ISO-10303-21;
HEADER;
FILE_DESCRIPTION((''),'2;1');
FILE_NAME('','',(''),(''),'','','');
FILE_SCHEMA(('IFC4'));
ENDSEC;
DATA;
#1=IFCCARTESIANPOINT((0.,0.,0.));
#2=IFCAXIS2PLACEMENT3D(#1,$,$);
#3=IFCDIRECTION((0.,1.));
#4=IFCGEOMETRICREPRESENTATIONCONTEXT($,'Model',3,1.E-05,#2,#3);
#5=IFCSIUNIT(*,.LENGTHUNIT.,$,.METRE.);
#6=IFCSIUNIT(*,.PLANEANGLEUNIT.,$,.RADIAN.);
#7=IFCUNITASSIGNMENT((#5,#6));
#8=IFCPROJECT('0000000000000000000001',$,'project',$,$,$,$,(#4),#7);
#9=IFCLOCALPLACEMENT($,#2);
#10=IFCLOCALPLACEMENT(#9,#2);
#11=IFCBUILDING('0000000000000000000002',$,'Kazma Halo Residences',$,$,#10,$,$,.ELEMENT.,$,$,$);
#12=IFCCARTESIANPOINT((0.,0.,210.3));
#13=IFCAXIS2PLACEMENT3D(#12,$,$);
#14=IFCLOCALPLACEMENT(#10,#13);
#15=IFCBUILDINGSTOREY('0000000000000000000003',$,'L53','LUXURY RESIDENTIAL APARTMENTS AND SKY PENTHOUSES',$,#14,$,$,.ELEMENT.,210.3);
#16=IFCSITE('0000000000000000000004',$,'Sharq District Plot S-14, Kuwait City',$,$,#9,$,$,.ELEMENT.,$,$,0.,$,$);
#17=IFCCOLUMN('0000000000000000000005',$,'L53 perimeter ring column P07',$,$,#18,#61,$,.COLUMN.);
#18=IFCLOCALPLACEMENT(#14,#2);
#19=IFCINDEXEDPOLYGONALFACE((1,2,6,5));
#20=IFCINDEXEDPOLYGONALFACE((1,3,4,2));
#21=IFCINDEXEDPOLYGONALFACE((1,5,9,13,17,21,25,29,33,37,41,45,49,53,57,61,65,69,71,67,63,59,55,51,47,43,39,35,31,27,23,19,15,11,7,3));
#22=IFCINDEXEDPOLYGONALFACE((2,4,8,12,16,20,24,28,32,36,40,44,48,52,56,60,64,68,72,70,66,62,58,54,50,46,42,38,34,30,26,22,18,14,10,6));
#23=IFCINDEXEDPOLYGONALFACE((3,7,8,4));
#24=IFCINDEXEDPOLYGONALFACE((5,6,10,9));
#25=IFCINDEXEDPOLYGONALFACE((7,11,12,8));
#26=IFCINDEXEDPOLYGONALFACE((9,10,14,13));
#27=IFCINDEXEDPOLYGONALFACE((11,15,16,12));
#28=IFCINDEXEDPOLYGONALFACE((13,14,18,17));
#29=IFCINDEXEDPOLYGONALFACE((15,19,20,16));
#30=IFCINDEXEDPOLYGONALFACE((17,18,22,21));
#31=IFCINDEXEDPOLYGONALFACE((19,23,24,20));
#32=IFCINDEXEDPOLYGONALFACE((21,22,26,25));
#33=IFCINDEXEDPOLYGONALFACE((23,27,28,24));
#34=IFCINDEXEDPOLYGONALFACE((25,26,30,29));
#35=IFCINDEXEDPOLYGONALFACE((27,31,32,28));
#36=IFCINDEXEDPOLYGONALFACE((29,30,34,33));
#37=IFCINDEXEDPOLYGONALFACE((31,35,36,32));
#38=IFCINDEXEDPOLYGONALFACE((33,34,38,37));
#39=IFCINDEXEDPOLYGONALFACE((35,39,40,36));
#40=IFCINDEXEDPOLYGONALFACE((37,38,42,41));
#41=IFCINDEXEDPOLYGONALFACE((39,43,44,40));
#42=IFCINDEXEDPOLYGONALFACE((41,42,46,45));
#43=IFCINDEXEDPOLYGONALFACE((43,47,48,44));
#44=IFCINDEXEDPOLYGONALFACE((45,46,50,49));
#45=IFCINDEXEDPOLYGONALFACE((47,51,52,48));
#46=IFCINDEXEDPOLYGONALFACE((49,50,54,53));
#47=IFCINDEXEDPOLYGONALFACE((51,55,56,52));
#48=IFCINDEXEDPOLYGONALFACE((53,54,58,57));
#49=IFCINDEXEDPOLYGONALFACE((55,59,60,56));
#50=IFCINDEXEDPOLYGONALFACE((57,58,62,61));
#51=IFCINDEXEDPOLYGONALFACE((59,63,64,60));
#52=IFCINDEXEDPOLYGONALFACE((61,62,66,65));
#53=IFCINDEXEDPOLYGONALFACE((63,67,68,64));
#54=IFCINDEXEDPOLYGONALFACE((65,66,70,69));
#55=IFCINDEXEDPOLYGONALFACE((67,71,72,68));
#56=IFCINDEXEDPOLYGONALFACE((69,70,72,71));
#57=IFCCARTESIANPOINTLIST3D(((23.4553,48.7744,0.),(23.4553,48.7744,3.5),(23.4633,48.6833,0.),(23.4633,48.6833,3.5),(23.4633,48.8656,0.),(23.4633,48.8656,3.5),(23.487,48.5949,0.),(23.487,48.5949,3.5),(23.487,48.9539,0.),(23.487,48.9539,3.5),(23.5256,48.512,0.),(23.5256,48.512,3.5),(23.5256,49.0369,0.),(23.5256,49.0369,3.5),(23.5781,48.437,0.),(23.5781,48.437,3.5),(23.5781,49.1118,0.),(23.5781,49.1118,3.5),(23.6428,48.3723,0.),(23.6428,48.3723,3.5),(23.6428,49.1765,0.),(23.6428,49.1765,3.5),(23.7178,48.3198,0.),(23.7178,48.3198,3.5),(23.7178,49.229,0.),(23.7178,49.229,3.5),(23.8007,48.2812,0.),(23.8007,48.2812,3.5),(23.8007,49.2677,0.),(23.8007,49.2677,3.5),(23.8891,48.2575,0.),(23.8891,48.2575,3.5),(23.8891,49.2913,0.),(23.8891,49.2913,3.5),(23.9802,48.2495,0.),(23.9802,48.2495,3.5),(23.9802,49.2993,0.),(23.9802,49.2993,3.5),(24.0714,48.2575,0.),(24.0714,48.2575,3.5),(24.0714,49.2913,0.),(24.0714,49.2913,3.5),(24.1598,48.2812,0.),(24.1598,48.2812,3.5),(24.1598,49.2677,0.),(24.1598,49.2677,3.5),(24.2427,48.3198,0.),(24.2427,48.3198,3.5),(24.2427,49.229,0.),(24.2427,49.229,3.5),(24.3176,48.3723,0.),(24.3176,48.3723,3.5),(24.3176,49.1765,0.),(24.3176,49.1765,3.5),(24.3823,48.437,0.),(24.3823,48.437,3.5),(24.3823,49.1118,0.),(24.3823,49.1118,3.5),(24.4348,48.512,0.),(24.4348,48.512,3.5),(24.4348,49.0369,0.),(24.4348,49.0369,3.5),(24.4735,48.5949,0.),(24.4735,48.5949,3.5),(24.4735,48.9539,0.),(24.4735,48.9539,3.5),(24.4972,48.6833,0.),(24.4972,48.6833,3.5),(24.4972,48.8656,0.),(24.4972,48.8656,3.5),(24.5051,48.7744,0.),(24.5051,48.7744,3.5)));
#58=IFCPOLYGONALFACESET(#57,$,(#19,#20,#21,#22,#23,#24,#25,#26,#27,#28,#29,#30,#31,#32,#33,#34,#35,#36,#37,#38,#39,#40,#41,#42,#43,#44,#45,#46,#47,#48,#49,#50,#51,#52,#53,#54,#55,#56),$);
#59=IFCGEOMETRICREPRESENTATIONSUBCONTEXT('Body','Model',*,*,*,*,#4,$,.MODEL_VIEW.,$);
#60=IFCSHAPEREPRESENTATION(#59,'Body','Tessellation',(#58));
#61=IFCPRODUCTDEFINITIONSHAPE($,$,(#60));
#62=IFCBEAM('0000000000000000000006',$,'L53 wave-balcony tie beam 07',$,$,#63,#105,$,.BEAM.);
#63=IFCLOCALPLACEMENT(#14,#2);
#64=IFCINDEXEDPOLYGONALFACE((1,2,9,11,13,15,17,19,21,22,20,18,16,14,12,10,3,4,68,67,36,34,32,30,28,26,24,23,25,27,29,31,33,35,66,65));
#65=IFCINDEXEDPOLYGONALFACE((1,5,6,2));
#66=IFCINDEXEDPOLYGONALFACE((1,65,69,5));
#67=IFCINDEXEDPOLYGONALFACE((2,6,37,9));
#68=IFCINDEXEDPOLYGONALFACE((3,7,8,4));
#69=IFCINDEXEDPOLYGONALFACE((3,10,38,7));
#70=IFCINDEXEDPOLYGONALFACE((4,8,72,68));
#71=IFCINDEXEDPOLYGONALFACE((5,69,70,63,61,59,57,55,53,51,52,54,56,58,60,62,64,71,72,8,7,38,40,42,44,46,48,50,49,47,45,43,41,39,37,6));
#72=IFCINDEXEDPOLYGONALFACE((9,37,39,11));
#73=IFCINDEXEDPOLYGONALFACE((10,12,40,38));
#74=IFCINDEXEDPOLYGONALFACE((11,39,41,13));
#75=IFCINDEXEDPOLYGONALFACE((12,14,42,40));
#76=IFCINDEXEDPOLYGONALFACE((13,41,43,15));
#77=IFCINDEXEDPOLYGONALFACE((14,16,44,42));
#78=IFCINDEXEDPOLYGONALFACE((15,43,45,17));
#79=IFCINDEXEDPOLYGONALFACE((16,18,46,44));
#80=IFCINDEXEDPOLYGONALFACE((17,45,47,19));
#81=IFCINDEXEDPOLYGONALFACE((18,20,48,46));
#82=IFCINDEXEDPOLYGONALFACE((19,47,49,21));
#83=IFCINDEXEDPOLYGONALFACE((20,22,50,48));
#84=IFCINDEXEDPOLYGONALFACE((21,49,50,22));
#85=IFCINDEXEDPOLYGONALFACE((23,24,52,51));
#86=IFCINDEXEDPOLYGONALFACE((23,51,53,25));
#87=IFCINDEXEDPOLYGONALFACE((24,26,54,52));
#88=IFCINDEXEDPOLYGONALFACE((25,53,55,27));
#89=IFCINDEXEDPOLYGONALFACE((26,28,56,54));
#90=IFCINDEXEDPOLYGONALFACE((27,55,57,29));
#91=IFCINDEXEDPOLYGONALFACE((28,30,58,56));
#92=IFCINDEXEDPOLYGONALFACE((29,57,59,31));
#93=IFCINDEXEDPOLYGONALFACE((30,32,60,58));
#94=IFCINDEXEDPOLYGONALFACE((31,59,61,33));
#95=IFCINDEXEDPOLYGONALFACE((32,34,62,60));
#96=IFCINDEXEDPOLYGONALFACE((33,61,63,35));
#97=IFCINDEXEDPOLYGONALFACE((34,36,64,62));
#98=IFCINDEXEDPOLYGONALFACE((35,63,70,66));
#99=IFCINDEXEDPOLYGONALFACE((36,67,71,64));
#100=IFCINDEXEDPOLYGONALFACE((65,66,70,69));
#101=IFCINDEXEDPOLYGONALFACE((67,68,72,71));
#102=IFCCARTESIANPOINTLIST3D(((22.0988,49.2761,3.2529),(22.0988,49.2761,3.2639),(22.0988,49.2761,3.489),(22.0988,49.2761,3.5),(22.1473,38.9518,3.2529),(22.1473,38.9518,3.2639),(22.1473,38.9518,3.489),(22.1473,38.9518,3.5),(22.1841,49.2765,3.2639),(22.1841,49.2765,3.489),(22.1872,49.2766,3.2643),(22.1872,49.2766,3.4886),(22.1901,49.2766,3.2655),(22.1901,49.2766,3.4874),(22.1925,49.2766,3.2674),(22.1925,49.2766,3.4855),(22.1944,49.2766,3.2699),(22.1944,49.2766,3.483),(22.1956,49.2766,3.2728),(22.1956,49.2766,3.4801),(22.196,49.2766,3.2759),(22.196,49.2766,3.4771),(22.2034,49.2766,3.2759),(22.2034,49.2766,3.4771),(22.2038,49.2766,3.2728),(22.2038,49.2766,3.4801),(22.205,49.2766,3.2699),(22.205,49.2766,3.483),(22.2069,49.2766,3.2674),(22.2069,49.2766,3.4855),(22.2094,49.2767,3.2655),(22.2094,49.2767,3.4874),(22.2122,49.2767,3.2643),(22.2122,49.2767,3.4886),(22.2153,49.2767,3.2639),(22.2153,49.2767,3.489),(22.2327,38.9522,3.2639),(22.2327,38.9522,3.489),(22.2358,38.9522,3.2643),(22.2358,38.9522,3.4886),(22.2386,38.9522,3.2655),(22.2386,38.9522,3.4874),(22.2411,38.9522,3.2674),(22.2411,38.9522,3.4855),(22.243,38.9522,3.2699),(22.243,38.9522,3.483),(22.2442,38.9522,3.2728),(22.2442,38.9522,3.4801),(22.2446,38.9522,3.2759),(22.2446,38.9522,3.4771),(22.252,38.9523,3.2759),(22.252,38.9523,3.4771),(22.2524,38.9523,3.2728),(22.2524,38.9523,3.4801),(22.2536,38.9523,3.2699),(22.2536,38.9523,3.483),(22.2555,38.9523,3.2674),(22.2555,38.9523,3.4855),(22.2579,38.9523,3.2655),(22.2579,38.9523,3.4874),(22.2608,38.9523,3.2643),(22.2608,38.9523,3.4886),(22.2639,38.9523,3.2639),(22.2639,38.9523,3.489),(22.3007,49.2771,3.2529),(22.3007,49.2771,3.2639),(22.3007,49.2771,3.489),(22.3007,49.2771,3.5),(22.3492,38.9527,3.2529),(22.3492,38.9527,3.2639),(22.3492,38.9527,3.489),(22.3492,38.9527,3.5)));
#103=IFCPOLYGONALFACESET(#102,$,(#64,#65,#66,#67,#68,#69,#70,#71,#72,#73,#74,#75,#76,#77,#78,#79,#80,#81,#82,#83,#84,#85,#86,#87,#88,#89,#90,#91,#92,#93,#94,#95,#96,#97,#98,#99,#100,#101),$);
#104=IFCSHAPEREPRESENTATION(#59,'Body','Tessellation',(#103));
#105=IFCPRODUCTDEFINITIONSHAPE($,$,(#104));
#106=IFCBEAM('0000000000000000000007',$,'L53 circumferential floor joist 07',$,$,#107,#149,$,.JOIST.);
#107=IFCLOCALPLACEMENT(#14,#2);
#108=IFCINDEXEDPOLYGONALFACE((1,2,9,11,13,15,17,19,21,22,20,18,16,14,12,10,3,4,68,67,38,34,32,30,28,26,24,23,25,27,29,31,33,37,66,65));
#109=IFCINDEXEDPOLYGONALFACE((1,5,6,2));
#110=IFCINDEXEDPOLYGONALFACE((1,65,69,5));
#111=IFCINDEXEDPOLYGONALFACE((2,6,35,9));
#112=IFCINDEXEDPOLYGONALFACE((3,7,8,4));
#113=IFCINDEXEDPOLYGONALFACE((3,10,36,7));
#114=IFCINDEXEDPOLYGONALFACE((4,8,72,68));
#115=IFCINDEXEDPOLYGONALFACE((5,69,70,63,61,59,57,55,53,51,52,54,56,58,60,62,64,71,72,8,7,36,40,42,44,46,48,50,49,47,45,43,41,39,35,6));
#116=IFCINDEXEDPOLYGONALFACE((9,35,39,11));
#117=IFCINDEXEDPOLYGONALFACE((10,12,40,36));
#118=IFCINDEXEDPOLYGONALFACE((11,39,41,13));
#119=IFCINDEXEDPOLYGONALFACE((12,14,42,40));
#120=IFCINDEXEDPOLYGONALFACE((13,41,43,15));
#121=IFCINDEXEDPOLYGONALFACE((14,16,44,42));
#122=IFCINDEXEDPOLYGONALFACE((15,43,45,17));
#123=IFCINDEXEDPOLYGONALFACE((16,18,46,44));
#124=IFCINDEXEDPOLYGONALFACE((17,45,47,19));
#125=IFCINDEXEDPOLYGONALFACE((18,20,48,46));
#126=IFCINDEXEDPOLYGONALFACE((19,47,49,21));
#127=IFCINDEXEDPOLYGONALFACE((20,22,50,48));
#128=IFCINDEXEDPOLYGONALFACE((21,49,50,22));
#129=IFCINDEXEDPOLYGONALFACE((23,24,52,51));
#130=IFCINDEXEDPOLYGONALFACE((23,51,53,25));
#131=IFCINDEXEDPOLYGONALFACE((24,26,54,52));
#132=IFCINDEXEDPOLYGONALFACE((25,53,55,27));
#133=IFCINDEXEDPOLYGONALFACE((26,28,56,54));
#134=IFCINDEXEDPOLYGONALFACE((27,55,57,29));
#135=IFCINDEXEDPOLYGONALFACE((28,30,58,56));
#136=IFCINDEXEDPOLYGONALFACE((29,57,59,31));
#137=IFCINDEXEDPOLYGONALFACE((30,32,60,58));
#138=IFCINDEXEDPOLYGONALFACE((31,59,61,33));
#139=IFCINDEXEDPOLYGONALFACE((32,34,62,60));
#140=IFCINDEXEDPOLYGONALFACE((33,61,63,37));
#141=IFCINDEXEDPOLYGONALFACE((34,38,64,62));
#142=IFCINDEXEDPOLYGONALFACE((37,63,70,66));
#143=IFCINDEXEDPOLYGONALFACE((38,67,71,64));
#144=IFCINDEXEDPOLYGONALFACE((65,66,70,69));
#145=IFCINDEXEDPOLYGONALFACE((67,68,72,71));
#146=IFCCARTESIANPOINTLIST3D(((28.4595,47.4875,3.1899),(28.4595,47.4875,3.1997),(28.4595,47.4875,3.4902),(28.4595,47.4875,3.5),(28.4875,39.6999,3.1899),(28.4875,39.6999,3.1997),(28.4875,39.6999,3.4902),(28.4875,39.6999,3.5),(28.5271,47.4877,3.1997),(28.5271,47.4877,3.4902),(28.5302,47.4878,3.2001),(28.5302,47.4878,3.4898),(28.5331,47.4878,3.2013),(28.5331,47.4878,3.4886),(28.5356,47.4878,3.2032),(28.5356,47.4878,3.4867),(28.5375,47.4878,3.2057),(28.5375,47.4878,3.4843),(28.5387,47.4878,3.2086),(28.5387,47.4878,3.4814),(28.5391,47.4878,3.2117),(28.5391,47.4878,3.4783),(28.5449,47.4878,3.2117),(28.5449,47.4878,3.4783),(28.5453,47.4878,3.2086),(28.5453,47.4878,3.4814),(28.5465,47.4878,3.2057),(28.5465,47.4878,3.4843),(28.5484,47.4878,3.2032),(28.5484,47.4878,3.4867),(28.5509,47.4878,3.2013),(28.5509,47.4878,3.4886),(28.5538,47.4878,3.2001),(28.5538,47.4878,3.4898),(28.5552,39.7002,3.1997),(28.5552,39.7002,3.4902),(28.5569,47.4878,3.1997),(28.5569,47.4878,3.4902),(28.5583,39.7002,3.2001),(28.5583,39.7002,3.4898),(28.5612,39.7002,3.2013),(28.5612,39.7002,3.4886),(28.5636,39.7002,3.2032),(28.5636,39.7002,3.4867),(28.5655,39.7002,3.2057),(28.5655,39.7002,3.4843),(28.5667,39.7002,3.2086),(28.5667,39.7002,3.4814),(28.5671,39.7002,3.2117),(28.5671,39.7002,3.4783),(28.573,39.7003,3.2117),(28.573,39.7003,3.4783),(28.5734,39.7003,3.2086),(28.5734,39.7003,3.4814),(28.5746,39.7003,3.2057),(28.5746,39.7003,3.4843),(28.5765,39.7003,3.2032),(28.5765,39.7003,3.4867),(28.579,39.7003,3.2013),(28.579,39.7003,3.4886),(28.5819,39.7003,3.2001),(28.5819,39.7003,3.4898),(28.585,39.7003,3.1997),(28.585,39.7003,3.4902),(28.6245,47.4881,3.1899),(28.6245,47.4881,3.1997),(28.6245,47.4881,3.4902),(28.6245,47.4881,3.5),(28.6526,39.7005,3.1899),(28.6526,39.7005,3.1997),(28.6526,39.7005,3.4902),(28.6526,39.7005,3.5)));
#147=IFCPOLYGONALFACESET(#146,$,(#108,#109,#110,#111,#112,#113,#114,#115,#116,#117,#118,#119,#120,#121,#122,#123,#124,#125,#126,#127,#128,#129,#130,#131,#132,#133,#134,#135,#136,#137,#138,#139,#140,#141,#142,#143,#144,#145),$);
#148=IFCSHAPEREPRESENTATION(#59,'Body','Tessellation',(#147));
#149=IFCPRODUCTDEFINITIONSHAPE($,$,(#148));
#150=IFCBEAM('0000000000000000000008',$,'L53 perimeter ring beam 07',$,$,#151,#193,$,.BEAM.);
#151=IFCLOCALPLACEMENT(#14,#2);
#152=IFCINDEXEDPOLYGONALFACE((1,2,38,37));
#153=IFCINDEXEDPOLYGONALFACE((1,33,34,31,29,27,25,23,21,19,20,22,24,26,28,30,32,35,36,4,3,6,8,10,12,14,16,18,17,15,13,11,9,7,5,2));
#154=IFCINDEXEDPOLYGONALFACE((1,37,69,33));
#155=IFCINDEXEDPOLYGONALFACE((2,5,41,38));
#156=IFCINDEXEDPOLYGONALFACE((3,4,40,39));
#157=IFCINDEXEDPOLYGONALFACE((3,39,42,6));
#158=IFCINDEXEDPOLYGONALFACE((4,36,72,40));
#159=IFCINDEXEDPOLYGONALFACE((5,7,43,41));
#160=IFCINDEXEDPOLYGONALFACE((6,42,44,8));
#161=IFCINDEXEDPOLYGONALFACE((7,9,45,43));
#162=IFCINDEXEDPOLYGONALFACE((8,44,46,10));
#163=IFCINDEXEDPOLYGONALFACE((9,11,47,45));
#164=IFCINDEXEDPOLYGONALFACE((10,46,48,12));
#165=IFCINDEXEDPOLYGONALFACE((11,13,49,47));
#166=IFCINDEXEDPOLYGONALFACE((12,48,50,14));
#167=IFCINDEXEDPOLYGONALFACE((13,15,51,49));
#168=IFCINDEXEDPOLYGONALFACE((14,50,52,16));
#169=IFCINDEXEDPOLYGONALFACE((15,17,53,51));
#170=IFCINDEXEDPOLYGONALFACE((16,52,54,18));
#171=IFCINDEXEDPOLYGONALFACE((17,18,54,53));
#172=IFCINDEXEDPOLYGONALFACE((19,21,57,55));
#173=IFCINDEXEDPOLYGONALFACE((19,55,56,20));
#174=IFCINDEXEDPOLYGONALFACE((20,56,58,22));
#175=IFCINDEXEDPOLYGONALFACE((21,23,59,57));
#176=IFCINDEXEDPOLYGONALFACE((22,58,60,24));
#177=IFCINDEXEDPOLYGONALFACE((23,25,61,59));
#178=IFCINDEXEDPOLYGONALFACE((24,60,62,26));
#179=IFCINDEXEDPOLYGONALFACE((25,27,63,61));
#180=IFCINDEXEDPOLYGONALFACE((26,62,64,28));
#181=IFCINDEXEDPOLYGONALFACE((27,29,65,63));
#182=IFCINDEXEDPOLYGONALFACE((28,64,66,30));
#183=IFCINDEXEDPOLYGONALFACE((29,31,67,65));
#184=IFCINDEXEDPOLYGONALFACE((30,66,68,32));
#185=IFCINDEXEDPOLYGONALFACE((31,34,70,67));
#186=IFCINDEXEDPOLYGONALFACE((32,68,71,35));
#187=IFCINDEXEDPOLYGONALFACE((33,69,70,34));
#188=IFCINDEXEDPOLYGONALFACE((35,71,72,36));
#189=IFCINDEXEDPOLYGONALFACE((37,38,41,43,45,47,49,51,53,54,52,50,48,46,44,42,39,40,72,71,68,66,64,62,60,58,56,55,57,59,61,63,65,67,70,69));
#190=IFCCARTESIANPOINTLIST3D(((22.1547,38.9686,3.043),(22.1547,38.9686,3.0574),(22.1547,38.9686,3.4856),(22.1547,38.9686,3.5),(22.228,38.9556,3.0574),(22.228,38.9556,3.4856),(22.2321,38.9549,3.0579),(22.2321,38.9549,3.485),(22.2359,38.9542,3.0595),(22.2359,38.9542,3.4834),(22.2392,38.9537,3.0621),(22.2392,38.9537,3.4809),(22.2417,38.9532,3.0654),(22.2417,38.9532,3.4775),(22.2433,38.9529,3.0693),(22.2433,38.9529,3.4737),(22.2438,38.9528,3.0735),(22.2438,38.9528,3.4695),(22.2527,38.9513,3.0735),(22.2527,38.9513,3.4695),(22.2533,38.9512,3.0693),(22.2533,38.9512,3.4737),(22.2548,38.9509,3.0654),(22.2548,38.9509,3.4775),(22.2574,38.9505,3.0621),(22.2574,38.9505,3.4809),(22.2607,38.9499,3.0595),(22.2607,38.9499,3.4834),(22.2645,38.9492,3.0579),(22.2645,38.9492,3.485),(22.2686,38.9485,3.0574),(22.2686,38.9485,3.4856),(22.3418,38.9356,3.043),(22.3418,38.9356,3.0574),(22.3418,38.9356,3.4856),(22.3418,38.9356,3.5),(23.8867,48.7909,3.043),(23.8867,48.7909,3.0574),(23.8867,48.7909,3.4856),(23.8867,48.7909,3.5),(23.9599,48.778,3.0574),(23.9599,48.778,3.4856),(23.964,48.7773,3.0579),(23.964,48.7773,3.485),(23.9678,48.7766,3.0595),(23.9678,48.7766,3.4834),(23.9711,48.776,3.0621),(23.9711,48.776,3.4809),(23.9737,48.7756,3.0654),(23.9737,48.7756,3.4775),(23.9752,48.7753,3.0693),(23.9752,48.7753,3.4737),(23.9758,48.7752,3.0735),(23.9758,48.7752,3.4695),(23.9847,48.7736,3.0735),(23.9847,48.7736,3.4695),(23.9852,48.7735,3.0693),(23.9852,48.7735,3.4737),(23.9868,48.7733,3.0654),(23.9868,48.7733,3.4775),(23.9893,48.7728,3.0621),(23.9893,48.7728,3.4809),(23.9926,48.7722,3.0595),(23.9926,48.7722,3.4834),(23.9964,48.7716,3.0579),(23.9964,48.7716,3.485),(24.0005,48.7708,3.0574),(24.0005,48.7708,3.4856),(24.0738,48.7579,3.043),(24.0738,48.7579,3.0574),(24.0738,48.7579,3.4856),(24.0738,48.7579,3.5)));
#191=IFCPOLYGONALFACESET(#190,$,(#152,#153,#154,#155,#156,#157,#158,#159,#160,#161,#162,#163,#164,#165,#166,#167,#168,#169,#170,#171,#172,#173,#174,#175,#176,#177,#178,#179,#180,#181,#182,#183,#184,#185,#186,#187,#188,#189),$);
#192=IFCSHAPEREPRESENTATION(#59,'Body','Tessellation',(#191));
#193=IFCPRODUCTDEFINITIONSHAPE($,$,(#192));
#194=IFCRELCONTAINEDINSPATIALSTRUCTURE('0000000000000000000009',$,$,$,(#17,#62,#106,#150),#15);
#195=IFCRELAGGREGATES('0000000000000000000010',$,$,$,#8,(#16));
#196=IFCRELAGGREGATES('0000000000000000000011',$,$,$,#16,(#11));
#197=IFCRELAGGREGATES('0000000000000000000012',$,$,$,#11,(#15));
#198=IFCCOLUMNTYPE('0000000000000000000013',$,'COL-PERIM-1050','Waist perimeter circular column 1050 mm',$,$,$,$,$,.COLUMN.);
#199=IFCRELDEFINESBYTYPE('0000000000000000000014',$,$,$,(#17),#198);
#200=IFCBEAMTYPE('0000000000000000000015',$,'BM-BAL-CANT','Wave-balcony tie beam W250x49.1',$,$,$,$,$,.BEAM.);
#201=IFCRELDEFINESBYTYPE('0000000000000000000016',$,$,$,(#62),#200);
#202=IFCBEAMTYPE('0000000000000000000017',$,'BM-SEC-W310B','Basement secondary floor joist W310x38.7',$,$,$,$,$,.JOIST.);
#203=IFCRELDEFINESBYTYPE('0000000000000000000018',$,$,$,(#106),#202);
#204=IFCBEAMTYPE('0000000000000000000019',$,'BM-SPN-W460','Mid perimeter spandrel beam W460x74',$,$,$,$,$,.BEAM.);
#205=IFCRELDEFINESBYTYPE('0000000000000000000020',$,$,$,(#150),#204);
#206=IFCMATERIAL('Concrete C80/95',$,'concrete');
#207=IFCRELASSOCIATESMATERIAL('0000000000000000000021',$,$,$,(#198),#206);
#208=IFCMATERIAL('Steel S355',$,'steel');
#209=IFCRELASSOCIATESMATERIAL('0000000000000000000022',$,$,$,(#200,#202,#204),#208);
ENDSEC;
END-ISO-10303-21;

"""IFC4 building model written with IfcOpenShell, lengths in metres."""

from ifc_helpers import new_model, si_unit, direction, frame, origin, origin_2d, place, context, subcontext, project, spatial, circle, i_section, extrude, material, material_profile, profile_set, type_object, element, save


model = new_model("IFC4")

# Units and contexts
model_context = context("Model", 3, precision=1e-05, world=origin(), true_north=direction((0.0, 1.0)))
body_context = subcontext(model_context, "Body", "Model", "MODEL_VIEW")
ifc_project = project(units=[si_unit("LENGTHUNIT", "METRE"), si_unit("PLANEANGLEUNIT", "RADIAN")], contexts=[model_context])

# Site, building, storey
site_placement = place(None, origin())
site = spatial("IfcSite", under=ifc_project, at=site_placement, Name="Sharq District Plot S-14, Kuwait City", CompositionType="ELEMENT", RefElevation=0.0)
building_placement = place(site_placement, origin())
building = spatial("IfcBuilding", under=site, at=building_placement, Name="Kazma Halo Residences", CompositionType="ELEMENT")
storey_placement = place(building_placement, frame((0.0, 0.0, 210.3)))
storey = spatial("IfcBuildingStorey", under=building, at=storey_placement, Name="L53", Description="LUXURY RESIDENTIAL APARTMENTS AND SKY PENTHOUSES", CompositionType="ELEMENT", Elevation=210.3)

# Column
ifc_material_1 = material(Name="Concrete C80/95", Category="concrete")
ifc_material_profile_1 = material_profile(ifc_material_1, circle(Radius=0.5249, at=origin_2d()), Name="CIRC1050")
ifc_profile_set_1 = profile_set([ifc_material_profile_1], Name="Concrete C80/95")
column_type = type_object("IfcColumnType", Name="COL-PERIM-1050", Description="Waist perimeter circular column 1050 mm", PredefinedType="COLUMN", material=ifc_profile_set_1)
column_placement = place(storey_placement, frame((23.9802, 48.7744, 0.0), z_axis=(0.0, 0.0, 1.0), x_axis=(1.0, 0.0, 0.0)))
element("IfcColumn", 1, at=column_placement, inside=storey, type_object=column_type, Name="L53 perimeter ring column P07", PredefinedType="COLUMN", context=body_context, shape_type="SweptSolid", body=[
    extrude(circle(Radius=0.5249, at=origin_2d()), origin(), (0.0, 0.0, 1.0), 3.5),
])

# Beams
ifc_material_2 = material(Name="Steel S355", Category="steel")
ifc_material_profile_2 = material_profile(ifc_material_2, i_section(OverallWidth=0.2019, OverallDepth=0.2471, WebThickness=0.0073, FlangeThickness=0.011, FilletRadius=0.012, at=origin_2d()), Name="W250x49.1")
ifc_profile_set_2 = profile_set([ifc_material_profile_2], Name="Steel S355")
beam_type_1 = type_object("IfcBeamType", Name="BM-BAL-CANT", Description="Wave-balcony tie beam W250x49.1", PredefinedType="BEAM", material=ifc_profile_set_2)
beam_1_placement = place(storey_placement, frame((22.1997, 49.2766, 3.3765), z_axis=(0.004706, -0.999989, 0.0), x_axis=(0.999989, 0.004706, 0.0)))
element("IfcBeam", 2, at=beam_1_placement, inside=storey, type_object=beam_type_1, Name="L53 wave-balcony tie beam 07", PredefinedType="BEAM", context=body_context, shape_type="SweptSolid", body=[
    extrude(i_section(OverallWidth=0.2019, OverallDepth=0.2471, WebThickness=0.0073, FlangeThickness=0.011, FilletRadius=0.012, at=origin_2d()), origin(), (0.0, 0.0, 1.0), 10.3245),
])
ifc_material_profile_3 = material_profile(ifc_material_2, i_section(OverallWidth=0.165, OverallDepth=0.3101, WebThickness=0.0059, FlangeThickness=0.0098, FilletRadius=0.012, at=origin_2d()), Name="W310x38.7")
ifc_profile_set_3 = profile_set([ifc_material_profile_3], Name="Steel S355")
beam_type_2 = type_object("IfcBeamType", Name="BM-SEC-W310B", Description="Basement secondary floor joist W310x38.7", PredefinedType="JOIST", material=ifc_profile_set_3)
beam_2_placement = place(storey_placement, frame((28.542, 47.4878, 3.345), z_axis=(0.003605, -0.999994, 0.0), x_axis=(0.999994, 0.003605, 0.0)))
element("IfcBeam", 3, at=beam_2_placement, inside=storey, type_object=beam_type_2, Name="L53 circumferential floor joist 07", PredefinedType="JOIST", context=body_context, shape_type="SweptSolid", body=[
    extrude(i_section(OverallWidth=0.165, OverallDepth=0.3101, WebThickness=0.0059, FlangeThickness=0.0098, FilletRadius=0.012, at=origin_2d()), origin(), (0.0, 0.0, 1.0), 7.7876),
])
ifc_material_profile_4 = material_profile(ifc_material_2, i_section(OverallWidth=0.1899, OverallDepth=0.457, WebThickness=0.009, FlangeThickness=0.0144, FilletRadius=0.0161, at=origin_2d()), Name="W460x74")
ifc_profile_set_4 = profile_set([ifc_material_profile_4], Name="Steel S355")
beam_type_3 = type_object("IfcBeamType", Name="BM-SPN-W460", Description="Mid perimeter spandrel beam W460x74", PredefinedType="BEAM", material=ifc_profile_set_4)
beam_3_placement = place(storey_placement, frame((23.9802, 48.7744, 3.2715), z_axis=(-0.173648, -0.984808, 0.0), x_axis=(0.984808, -0.173648, 0.0)))
element("IfcBeam", 4, at=beam_3_placement, inside=storey, type_object=beam_type_3, Name="L53 perimeter ring beam 07", PredefinedType="BEAM", context=body_context, shape_type="SweptSolid", body=[
    extrude(i_section(OverallWidth=0.1899, OverallDepth=0.457, WebThickness=0.009, FlangeThickness=0.0144, FilletRadius=0.0161, at=origin_2d()), origin(), (0.0, 0.0, 1.0), 9.9739),
])

save(model, "model.ifc")
